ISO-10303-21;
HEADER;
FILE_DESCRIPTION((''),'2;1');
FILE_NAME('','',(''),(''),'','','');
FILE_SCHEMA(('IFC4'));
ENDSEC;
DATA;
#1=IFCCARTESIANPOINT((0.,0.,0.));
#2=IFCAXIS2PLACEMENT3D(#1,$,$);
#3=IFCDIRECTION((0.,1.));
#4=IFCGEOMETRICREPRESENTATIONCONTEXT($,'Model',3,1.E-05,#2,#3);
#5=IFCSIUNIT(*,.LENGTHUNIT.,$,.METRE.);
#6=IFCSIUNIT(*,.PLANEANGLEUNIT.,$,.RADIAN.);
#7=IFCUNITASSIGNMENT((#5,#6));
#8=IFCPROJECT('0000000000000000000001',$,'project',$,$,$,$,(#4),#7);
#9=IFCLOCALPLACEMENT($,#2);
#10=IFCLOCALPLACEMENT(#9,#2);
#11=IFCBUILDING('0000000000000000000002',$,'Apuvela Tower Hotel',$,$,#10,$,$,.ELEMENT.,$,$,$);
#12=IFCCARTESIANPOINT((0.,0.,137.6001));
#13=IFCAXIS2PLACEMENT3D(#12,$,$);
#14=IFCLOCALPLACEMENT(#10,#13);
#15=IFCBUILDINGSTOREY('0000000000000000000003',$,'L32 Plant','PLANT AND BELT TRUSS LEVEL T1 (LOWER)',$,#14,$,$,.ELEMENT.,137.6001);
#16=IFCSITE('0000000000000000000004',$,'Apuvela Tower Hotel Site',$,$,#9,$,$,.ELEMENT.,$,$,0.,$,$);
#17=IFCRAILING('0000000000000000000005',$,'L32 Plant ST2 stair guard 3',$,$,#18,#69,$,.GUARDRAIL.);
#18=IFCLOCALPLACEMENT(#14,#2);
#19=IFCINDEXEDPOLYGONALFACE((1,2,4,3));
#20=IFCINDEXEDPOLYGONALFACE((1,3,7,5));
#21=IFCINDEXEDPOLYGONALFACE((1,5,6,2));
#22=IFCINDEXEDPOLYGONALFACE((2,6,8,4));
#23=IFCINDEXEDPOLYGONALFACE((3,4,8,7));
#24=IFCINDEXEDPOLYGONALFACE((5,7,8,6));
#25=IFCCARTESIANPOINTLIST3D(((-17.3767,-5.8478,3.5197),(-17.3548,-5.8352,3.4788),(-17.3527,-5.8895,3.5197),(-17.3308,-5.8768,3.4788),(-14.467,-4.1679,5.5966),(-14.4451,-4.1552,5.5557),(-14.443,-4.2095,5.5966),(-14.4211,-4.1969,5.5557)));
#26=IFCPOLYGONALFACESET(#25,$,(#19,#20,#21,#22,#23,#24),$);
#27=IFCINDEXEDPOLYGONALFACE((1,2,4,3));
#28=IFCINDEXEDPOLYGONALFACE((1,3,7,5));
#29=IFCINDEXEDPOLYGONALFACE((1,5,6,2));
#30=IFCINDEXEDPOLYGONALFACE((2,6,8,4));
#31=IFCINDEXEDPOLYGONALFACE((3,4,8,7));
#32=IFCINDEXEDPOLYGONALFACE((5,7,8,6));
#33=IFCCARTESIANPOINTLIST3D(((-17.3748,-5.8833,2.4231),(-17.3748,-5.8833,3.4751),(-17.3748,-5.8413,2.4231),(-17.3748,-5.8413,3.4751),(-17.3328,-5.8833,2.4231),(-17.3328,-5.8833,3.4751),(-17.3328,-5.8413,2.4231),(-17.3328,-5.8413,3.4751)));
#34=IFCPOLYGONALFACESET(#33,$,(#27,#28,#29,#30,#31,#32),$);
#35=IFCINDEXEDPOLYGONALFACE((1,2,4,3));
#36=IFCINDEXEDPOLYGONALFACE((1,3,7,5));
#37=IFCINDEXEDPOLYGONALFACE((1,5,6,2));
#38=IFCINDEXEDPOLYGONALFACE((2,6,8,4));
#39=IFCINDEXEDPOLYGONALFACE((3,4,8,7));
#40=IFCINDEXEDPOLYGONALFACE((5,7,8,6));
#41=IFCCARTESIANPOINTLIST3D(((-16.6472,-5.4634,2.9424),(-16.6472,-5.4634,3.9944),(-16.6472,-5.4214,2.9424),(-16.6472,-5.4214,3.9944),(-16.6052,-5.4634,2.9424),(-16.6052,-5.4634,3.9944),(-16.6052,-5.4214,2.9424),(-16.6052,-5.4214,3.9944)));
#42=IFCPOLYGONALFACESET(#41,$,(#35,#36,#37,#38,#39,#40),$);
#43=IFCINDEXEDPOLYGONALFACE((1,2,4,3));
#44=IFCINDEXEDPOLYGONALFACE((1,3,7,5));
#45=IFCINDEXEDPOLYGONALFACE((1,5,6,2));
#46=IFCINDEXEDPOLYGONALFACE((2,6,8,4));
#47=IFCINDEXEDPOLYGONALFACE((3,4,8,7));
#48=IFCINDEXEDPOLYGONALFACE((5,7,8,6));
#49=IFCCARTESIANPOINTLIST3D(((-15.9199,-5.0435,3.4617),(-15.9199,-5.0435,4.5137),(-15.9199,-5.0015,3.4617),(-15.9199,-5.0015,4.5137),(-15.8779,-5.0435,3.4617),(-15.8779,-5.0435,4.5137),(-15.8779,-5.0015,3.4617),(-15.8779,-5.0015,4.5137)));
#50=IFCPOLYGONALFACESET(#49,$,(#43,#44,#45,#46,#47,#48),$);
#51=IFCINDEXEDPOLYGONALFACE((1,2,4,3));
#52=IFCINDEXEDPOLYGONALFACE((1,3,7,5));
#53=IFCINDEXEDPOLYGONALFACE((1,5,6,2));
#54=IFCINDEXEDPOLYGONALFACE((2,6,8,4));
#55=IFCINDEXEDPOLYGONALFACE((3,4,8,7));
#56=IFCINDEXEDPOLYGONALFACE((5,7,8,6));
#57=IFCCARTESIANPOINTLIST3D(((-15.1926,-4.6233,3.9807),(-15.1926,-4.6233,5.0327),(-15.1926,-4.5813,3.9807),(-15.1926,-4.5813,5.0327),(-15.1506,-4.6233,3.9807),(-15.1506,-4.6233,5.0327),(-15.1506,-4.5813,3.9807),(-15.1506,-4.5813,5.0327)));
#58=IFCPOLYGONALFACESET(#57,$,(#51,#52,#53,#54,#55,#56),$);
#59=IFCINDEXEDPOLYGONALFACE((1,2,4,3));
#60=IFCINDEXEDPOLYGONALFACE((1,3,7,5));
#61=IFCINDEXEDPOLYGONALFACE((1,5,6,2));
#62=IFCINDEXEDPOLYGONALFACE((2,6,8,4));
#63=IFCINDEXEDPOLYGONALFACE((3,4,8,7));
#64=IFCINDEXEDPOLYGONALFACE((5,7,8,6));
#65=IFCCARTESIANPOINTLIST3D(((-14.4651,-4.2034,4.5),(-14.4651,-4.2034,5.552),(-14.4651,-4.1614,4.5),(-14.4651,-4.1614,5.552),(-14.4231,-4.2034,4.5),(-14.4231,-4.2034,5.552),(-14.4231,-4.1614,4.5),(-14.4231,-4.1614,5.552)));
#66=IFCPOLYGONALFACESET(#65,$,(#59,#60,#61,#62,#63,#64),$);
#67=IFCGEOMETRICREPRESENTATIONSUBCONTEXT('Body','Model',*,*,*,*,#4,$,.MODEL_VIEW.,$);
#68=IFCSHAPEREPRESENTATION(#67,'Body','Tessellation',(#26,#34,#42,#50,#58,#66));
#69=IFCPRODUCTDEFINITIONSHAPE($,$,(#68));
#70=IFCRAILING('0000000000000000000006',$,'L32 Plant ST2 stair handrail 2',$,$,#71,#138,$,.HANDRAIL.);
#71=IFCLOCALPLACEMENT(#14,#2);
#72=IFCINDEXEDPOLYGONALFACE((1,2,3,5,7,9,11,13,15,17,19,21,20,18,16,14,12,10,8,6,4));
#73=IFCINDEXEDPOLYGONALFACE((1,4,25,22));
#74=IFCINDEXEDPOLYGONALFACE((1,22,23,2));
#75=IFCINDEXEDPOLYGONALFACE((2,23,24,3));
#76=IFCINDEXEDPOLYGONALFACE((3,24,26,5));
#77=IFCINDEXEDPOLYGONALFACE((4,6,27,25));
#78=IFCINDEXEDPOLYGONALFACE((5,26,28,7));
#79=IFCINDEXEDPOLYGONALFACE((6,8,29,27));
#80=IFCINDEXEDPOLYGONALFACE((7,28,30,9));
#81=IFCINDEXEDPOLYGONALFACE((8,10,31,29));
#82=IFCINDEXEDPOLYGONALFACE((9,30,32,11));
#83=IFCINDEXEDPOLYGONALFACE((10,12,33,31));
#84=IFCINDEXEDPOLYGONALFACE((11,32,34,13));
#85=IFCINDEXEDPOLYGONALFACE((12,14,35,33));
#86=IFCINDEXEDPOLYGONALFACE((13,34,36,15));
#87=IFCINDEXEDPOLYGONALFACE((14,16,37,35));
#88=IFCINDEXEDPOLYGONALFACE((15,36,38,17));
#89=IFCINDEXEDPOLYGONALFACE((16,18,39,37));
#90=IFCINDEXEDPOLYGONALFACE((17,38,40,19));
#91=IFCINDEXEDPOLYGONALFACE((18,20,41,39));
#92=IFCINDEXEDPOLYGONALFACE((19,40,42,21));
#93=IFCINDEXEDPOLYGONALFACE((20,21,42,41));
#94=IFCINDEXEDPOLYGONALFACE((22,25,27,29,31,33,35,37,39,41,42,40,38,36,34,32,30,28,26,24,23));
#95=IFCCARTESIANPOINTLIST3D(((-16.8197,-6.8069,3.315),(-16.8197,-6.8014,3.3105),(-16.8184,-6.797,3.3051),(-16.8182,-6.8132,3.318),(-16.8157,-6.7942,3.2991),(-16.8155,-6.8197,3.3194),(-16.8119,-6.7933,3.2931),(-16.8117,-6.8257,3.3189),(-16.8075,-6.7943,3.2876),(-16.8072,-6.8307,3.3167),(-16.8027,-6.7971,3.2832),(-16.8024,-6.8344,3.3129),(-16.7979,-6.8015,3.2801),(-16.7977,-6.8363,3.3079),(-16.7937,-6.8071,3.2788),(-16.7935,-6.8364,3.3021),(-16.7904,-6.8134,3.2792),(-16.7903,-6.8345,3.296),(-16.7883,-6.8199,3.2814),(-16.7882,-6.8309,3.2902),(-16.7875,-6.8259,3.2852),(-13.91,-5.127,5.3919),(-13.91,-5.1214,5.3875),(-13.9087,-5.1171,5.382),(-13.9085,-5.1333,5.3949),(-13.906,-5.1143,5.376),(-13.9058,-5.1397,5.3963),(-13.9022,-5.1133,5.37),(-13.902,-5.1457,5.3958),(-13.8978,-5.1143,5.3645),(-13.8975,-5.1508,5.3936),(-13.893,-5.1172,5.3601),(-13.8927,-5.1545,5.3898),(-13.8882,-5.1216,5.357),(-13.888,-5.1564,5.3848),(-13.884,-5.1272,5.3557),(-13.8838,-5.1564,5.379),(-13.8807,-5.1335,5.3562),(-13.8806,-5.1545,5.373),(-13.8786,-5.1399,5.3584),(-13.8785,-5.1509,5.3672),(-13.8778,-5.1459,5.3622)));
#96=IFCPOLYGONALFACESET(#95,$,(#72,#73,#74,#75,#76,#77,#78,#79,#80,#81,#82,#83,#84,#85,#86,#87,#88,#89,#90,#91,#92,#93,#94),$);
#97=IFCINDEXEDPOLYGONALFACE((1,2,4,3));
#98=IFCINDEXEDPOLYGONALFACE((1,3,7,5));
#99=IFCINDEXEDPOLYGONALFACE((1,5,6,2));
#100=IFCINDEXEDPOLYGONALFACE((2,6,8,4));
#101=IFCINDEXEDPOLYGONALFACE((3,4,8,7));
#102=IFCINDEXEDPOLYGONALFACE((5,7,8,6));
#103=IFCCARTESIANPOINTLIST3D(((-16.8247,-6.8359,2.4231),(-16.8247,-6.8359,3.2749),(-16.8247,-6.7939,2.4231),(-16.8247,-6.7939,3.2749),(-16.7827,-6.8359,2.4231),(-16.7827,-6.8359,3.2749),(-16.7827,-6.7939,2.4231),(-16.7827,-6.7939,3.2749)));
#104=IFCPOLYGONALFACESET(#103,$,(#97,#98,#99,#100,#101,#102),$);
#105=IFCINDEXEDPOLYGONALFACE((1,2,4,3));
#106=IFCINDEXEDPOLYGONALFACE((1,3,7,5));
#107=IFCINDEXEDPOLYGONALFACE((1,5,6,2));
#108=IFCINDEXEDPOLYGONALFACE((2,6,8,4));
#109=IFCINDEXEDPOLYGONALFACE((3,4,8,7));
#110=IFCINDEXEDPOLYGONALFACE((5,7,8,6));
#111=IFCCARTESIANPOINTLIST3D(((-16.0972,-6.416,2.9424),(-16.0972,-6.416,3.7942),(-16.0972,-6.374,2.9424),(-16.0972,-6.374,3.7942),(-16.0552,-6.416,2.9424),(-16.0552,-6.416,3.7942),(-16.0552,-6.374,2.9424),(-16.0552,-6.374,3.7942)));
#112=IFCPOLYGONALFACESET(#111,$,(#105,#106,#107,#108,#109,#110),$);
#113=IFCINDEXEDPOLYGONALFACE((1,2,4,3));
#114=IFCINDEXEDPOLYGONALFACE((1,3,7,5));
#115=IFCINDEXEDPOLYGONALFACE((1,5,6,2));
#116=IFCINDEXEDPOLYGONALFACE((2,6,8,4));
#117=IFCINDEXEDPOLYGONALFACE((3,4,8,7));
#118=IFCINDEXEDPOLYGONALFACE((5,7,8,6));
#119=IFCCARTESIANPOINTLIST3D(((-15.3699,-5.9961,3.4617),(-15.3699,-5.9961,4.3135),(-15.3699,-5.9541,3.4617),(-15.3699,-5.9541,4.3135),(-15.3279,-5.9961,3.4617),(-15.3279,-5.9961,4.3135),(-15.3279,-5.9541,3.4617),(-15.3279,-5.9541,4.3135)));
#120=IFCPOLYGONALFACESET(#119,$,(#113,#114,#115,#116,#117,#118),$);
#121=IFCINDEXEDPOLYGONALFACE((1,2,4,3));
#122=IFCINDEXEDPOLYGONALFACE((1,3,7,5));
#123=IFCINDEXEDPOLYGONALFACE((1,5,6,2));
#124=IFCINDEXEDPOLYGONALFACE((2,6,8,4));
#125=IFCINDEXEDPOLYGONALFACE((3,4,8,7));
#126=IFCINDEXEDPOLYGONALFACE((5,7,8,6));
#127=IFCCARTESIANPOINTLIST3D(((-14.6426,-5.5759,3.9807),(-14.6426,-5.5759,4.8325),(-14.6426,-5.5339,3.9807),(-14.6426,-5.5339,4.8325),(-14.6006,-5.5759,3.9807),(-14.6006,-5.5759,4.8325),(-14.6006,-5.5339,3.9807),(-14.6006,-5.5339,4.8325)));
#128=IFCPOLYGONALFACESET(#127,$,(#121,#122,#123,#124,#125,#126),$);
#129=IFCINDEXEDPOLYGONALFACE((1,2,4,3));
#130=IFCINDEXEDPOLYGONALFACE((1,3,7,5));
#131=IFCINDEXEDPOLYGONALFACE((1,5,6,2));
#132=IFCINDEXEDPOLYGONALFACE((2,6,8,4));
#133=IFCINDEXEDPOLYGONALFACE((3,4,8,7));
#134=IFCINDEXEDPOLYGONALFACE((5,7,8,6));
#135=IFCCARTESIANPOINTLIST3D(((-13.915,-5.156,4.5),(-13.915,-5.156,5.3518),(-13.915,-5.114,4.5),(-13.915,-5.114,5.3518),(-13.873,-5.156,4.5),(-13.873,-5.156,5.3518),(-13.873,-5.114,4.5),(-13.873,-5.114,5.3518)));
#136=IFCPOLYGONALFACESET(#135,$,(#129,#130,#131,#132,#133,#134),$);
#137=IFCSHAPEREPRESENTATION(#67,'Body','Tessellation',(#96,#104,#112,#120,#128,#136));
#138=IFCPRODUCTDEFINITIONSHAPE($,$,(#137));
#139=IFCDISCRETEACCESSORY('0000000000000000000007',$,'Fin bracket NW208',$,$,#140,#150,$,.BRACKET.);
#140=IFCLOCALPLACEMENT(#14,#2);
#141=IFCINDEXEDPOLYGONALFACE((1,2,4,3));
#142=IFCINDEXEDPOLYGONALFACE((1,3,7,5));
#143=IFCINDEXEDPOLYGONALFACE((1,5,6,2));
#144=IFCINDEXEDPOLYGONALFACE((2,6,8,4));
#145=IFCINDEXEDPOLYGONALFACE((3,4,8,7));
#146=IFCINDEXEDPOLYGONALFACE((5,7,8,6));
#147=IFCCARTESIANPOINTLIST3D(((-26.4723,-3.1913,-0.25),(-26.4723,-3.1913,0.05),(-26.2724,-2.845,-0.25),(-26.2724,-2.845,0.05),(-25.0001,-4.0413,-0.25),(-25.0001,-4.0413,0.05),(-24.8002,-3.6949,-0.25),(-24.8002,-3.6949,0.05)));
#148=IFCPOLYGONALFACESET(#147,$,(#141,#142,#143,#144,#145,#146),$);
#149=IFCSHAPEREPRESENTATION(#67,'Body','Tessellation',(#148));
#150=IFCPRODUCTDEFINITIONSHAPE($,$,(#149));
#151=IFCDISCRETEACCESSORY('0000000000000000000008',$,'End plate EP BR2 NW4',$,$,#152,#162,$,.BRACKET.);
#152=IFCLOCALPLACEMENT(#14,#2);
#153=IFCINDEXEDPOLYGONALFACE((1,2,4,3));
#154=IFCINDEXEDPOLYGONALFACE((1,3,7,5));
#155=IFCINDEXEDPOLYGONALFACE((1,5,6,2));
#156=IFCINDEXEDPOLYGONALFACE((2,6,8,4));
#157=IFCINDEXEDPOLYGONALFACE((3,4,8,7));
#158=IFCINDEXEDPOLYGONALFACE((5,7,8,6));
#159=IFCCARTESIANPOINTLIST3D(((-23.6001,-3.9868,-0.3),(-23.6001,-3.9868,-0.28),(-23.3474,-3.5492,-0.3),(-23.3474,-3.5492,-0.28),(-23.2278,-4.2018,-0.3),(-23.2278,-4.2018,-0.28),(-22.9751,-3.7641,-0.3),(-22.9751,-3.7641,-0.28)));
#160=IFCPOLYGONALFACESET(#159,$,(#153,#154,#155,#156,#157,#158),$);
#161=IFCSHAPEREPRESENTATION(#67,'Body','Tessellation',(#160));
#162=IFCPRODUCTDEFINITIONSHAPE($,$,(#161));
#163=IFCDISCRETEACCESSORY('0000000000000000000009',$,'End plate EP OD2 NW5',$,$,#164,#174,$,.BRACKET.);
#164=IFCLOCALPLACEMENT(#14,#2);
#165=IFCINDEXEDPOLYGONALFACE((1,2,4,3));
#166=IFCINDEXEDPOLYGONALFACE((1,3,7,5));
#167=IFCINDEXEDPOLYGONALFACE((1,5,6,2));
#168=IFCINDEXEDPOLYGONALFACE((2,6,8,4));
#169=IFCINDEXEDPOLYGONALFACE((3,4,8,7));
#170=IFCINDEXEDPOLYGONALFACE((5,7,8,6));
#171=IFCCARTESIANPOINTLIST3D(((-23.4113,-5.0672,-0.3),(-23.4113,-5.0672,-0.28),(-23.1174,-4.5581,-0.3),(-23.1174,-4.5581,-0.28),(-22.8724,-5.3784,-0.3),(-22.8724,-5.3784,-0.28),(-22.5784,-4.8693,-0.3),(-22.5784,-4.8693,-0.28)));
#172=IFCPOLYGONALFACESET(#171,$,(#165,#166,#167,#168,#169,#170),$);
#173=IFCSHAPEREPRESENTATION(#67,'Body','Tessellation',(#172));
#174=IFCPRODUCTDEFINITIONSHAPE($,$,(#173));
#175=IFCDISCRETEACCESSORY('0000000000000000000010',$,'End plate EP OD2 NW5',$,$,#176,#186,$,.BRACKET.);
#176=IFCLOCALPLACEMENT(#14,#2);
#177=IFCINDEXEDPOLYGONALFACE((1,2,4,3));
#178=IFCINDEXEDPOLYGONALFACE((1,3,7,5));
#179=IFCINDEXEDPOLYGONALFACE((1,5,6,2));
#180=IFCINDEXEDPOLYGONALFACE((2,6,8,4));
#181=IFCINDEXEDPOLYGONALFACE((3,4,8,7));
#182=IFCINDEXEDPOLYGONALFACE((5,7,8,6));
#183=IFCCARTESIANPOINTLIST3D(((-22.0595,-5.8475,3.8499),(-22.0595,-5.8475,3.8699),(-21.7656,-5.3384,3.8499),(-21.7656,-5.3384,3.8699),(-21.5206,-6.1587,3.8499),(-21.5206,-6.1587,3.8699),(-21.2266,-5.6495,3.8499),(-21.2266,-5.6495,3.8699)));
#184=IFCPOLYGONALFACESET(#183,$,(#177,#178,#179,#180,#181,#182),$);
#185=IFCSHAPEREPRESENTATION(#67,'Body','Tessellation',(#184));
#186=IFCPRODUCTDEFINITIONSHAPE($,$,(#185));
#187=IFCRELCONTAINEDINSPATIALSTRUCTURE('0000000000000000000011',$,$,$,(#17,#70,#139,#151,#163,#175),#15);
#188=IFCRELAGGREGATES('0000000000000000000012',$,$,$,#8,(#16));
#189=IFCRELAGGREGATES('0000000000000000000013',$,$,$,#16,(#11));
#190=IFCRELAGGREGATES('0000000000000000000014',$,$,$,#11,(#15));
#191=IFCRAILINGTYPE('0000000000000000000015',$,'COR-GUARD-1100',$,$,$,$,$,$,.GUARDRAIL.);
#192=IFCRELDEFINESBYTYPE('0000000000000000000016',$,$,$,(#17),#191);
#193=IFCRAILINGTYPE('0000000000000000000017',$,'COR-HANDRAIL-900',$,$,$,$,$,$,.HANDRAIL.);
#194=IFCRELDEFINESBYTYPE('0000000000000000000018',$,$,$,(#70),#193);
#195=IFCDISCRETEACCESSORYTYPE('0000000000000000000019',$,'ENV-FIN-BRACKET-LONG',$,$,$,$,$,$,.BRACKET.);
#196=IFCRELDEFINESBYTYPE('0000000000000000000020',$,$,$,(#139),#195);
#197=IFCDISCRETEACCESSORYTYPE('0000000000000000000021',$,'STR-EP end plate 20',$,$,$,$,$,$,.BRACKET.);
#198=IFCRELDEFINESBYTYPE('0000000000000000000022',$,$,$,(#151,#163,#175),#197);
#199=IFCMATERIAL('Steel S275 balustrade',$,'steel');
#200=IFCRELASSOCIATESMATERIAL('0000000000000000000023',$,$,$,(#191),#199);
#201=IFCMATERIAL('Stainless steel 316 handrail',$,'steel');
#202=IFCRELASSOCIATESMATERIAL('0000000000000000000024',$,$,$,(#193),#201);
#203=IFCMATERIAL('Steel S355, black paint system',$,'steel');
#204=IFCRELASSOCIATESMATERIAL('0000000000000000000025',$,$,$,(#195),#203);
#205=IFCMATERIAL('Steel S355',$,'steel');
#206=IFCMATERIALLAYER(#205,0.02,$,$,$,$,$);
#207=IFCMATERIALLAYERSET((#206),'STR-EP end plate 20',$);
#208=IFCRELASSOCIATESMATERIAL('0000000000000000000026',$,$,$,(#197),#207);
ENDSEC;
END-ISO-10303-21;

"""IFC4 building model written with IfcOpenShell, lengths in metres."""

from ifc_helpers import new_model, si_unit, direction, frame, origin, origin_2d, place, context, subcontext, project, spatial, rectangle, circle, extrude, material, layer, layer_set, type_object, element, save


model = new_model("IFC4")

# Units and contexts
model_context = context("Model", 3, precision=1e-05, world=origin(), true_north=direction((0.0, 1.0)))
body_context = subcontext(model_context, "Body", "Model", "MODEL_VIEW")
ifc_project = project(units=[si_unit("LENGTHUNIT", "METRE"), si_unit("PLANEANGLEUNIT", "RADIAN")], contexts=[model_context])

# Site, building, storey
site_placement = place(None, origin())
site = spatial("IfcSite", under=ifc_project, at=site_placement, Name="Apuvela Tower Hotel Site", CompositionType="ELEMENT", RefElevation=0.0)
building_placement = place(site_placement, origin())
building = spatial("IfcBuilding", under=site, at=building_placement, Name="Apuvela Tower Hotel", CompositionType="ELEMENT")
storey_placement = place(building_placement, frame((0.0, 0.0, 137.6001)))
storey = spatial("IfcBuildingStorey", under=building, at=storey_placement, Name="L32 Plant", Description="PLANT AND BELT TRUSS LEVEL T1 (LOWER)", CompositionType="ELEMENT", Elevation=137.6001)

# Shared definitions
ifc_material_1 = material(Name="Steel S355", Category="steel")

# Railings
ifc_material_2 = material(Name="Steel S275 balustrade", Category="steel")
railing_type_1 = type_object("IfcRailingType", Name="COR-GUARD-1100", PredefinedType="GUARDRAIL", material=ifc_material_2)
railing_1_placement = place(storey_placement, frame((-17.3538, -5.8623, 2.4231)))
element("IfcRailing", 1, at=railing_1_placement, inside=storey, type_object=railing_type_1, Name="L32 Plant ST2 stair guard 3", PredefinedType="GUARDRAIL", context=body_context, shape_type="SweptSolid", body=[
    extrude(rectangle(XDim=0.0481, YDim=0.0481, at=origin_2d()), frame((0.0, 0.0, 1.0762), z_axis=(0.73664, 0.425308, 0.525809), x_axis=(-0.500008, 0.866021, 0.0)), (0.0, 0.0, 1.0), 3.95),
    extrude(rectangle(XDim=0.042, YDim=0.042, at=origin_2d()), origin(), (0.0, 0.0, 1.0), 1.052),
    extrude(rectangle(XDim=0.042, YDim=0.042, at=origin_2d()), frame((0.7275, 0.4199, 0.5193)), (0.0, 0.0, 1.0), 1.052),
    extrude(rectangle(XDim=0.042, YDim=0.042, at=origin_2d()), frame((1.4548, 0.8398, 1.0386)), (0.0, 0.0, 1.0), 1.052),
    extrude(rectangle(XDim=0.042, YDim=0.042, at=origin_2d()), frame((2.1821, 1.26, 1.5576)), (0.0, 0.0, 1.0), 1.052),
    extrude(rectangle(XDim=0.042, YDim=0.042, at=origin_2d()), frame((2.9097, 1.6799, 2.0769)), (0.0, 0.0, 1.0), 1.052),
])
ifc_material_3 = material(Name="Stainless steel 316 handrail", Category="steel")
railing_type_2 = type_object("IfcRailingType", Name="COR-HANDRAIL-900", PredefinedType="HANDRAIL", material=ifc_material_3)
railing_2_placement = place(storey_placement, frame((-16.8037, -6.8149, 2.4231)))
element("IfcRailing", 2, at=railing_2_placement, inside=storey, type_object=railing_type_2, Name="L32 Plant ST2 stair handrail 2", PredefinedType="HANDRAIL", context=body_context, shape_type="SweptSolid", body=[
    extrude(circle(Radius=0.0239, at=origin_2d()), frame((0.0, 0.0, 0.876), z_axis=(0.73664, 0.425308, 0.525809), x_axis=(-0.500008, 0.866021, 0.0)), (0.0, 0.0, 1.0), 3.95),
    extrude(rectangle(XDim=0.042, YDim=0.042, at=origin_2d()), origin(), (0.0, 0.0, 1.0), 0.8518),
    extrude(rectangle(XDim=0.042, YDim=0.042, at=origin_2d()), frame((0.7275, 0.4199, 0.5193)), (0.0, 0.0, 1.0), 0.8518),
    extrude(rectangle(XDim=0.042, YDim=0.042, at=origin_2d()), frame((1.4548, 0.8398, 1.0386)), (0.0, 0.0, 1.0), 0.8518),
    extrude(rectangle(XDim=0.042, YDim=0.042, at=origin_2d()), frame((2.1821, 1.26, 1.5576)), (0.0, 0.0, 1.0), 0.8518),
    extrude(rectangle(XDim=0.042, YDim=0.042, at=origin_2d()), frame((2.9097, 1.6799, 2.0769)), (0.0, 0.0, 1.0), 0.8518),
])

# Discrete accessories
ifc_material_4 = material(Name="Steel S355, black paint system", Category="steel")
discrete_accessory_type_1 = type_object("IfcDiscreteAccessoryType", Name="ENV-FIN-BRACKET-LONG", PredefinedType="BRACKET", material=ifc_material_4)
discrete_accessory_1_placement = place(storey_placement, frame((-25.6362, -3.4431, -0.25), z_axis=(0.0, 0.0, 1.0), x_axis=(-0.5, -0.866025, 0.0)))
element("IfcDiscreteAccessory", 3, at=discrete_accessory_1_placement, inside=storey, type_object=discrete_accessory_type_1, Name="Fin bracket NW208", PredefinedType="BRACKET", context=body_context, shape_type="SweptSolid", body=[
    extrude(rectangle(XDim=0.3999, YDim=1.7, at=origin_2d()), origin(), (0.0, 0.0, 1.0), 0.3),
])
ifc_layer_1 = layer(ifc_material_1, 0.02)
ifc_layer_set_1 = layer_set([ifc_layer_1], Name="STR-EP end plate 20")
discrete_accessory_type_2 = type_object("IfcDiscreteAccessoryType", Name="STR-EP end plate 20", PredefinedType="BRACKET", material=ifc_layer_set_1)
discrete_accessory_2_placement = place(storey_placement, frame((-23.2876, -3.8755, -0.3), z_axis=(0.0, 0.0, 1.0), x_axis=(0.5, 0.866025, 0.0)))
element("IfcDiscreteAccessory", 4, at=discrete_accessory_2_placement, inside=storey, type_object=discrete_accessory_type_2, Name="End plate EP BR2 NW4", PredefinedType="BRACKET", context=body_context, shape_type="SweptSolid", body=[
    extrude(rectangle(XDim=0.5054, YDim=0.4299, at=origin_2d()), origin(), (0.0, 0.0, 1.0), 0.02),
])
for number, where, z_axis, x_axis, name in (
    (5, (-22.9949, -4.9683, -0.3), (0.0, 0.0, 1.0), (0.866025, -0.5, 0.0), "End plate EP OD2 NW5"),
    (6, (-21.6431, -5.7485, 3.8499), (0.0, 0.0, 1.0), (0.866025, -0.5, 0.0), "End plate EP OD2 NW5"),
):
    element("IfcDiscreteAccessory", number, at=place(storey_placement, frame(where, z_axis=z_axis, x_axis=x_axis)), inside=storey, type_object=discrete_accessory_type_2, Name=name, PredefinedType="BRACKET", context=body_context, shape_type="SweptSolid", body=[
        extrude(rectangle(XDim=0.6223, YDim=0.5879, at=origin_2d()), origin(), (0.0, 0.0, 1.0), 0.02),
    ])

save(model, "model.ifc")
